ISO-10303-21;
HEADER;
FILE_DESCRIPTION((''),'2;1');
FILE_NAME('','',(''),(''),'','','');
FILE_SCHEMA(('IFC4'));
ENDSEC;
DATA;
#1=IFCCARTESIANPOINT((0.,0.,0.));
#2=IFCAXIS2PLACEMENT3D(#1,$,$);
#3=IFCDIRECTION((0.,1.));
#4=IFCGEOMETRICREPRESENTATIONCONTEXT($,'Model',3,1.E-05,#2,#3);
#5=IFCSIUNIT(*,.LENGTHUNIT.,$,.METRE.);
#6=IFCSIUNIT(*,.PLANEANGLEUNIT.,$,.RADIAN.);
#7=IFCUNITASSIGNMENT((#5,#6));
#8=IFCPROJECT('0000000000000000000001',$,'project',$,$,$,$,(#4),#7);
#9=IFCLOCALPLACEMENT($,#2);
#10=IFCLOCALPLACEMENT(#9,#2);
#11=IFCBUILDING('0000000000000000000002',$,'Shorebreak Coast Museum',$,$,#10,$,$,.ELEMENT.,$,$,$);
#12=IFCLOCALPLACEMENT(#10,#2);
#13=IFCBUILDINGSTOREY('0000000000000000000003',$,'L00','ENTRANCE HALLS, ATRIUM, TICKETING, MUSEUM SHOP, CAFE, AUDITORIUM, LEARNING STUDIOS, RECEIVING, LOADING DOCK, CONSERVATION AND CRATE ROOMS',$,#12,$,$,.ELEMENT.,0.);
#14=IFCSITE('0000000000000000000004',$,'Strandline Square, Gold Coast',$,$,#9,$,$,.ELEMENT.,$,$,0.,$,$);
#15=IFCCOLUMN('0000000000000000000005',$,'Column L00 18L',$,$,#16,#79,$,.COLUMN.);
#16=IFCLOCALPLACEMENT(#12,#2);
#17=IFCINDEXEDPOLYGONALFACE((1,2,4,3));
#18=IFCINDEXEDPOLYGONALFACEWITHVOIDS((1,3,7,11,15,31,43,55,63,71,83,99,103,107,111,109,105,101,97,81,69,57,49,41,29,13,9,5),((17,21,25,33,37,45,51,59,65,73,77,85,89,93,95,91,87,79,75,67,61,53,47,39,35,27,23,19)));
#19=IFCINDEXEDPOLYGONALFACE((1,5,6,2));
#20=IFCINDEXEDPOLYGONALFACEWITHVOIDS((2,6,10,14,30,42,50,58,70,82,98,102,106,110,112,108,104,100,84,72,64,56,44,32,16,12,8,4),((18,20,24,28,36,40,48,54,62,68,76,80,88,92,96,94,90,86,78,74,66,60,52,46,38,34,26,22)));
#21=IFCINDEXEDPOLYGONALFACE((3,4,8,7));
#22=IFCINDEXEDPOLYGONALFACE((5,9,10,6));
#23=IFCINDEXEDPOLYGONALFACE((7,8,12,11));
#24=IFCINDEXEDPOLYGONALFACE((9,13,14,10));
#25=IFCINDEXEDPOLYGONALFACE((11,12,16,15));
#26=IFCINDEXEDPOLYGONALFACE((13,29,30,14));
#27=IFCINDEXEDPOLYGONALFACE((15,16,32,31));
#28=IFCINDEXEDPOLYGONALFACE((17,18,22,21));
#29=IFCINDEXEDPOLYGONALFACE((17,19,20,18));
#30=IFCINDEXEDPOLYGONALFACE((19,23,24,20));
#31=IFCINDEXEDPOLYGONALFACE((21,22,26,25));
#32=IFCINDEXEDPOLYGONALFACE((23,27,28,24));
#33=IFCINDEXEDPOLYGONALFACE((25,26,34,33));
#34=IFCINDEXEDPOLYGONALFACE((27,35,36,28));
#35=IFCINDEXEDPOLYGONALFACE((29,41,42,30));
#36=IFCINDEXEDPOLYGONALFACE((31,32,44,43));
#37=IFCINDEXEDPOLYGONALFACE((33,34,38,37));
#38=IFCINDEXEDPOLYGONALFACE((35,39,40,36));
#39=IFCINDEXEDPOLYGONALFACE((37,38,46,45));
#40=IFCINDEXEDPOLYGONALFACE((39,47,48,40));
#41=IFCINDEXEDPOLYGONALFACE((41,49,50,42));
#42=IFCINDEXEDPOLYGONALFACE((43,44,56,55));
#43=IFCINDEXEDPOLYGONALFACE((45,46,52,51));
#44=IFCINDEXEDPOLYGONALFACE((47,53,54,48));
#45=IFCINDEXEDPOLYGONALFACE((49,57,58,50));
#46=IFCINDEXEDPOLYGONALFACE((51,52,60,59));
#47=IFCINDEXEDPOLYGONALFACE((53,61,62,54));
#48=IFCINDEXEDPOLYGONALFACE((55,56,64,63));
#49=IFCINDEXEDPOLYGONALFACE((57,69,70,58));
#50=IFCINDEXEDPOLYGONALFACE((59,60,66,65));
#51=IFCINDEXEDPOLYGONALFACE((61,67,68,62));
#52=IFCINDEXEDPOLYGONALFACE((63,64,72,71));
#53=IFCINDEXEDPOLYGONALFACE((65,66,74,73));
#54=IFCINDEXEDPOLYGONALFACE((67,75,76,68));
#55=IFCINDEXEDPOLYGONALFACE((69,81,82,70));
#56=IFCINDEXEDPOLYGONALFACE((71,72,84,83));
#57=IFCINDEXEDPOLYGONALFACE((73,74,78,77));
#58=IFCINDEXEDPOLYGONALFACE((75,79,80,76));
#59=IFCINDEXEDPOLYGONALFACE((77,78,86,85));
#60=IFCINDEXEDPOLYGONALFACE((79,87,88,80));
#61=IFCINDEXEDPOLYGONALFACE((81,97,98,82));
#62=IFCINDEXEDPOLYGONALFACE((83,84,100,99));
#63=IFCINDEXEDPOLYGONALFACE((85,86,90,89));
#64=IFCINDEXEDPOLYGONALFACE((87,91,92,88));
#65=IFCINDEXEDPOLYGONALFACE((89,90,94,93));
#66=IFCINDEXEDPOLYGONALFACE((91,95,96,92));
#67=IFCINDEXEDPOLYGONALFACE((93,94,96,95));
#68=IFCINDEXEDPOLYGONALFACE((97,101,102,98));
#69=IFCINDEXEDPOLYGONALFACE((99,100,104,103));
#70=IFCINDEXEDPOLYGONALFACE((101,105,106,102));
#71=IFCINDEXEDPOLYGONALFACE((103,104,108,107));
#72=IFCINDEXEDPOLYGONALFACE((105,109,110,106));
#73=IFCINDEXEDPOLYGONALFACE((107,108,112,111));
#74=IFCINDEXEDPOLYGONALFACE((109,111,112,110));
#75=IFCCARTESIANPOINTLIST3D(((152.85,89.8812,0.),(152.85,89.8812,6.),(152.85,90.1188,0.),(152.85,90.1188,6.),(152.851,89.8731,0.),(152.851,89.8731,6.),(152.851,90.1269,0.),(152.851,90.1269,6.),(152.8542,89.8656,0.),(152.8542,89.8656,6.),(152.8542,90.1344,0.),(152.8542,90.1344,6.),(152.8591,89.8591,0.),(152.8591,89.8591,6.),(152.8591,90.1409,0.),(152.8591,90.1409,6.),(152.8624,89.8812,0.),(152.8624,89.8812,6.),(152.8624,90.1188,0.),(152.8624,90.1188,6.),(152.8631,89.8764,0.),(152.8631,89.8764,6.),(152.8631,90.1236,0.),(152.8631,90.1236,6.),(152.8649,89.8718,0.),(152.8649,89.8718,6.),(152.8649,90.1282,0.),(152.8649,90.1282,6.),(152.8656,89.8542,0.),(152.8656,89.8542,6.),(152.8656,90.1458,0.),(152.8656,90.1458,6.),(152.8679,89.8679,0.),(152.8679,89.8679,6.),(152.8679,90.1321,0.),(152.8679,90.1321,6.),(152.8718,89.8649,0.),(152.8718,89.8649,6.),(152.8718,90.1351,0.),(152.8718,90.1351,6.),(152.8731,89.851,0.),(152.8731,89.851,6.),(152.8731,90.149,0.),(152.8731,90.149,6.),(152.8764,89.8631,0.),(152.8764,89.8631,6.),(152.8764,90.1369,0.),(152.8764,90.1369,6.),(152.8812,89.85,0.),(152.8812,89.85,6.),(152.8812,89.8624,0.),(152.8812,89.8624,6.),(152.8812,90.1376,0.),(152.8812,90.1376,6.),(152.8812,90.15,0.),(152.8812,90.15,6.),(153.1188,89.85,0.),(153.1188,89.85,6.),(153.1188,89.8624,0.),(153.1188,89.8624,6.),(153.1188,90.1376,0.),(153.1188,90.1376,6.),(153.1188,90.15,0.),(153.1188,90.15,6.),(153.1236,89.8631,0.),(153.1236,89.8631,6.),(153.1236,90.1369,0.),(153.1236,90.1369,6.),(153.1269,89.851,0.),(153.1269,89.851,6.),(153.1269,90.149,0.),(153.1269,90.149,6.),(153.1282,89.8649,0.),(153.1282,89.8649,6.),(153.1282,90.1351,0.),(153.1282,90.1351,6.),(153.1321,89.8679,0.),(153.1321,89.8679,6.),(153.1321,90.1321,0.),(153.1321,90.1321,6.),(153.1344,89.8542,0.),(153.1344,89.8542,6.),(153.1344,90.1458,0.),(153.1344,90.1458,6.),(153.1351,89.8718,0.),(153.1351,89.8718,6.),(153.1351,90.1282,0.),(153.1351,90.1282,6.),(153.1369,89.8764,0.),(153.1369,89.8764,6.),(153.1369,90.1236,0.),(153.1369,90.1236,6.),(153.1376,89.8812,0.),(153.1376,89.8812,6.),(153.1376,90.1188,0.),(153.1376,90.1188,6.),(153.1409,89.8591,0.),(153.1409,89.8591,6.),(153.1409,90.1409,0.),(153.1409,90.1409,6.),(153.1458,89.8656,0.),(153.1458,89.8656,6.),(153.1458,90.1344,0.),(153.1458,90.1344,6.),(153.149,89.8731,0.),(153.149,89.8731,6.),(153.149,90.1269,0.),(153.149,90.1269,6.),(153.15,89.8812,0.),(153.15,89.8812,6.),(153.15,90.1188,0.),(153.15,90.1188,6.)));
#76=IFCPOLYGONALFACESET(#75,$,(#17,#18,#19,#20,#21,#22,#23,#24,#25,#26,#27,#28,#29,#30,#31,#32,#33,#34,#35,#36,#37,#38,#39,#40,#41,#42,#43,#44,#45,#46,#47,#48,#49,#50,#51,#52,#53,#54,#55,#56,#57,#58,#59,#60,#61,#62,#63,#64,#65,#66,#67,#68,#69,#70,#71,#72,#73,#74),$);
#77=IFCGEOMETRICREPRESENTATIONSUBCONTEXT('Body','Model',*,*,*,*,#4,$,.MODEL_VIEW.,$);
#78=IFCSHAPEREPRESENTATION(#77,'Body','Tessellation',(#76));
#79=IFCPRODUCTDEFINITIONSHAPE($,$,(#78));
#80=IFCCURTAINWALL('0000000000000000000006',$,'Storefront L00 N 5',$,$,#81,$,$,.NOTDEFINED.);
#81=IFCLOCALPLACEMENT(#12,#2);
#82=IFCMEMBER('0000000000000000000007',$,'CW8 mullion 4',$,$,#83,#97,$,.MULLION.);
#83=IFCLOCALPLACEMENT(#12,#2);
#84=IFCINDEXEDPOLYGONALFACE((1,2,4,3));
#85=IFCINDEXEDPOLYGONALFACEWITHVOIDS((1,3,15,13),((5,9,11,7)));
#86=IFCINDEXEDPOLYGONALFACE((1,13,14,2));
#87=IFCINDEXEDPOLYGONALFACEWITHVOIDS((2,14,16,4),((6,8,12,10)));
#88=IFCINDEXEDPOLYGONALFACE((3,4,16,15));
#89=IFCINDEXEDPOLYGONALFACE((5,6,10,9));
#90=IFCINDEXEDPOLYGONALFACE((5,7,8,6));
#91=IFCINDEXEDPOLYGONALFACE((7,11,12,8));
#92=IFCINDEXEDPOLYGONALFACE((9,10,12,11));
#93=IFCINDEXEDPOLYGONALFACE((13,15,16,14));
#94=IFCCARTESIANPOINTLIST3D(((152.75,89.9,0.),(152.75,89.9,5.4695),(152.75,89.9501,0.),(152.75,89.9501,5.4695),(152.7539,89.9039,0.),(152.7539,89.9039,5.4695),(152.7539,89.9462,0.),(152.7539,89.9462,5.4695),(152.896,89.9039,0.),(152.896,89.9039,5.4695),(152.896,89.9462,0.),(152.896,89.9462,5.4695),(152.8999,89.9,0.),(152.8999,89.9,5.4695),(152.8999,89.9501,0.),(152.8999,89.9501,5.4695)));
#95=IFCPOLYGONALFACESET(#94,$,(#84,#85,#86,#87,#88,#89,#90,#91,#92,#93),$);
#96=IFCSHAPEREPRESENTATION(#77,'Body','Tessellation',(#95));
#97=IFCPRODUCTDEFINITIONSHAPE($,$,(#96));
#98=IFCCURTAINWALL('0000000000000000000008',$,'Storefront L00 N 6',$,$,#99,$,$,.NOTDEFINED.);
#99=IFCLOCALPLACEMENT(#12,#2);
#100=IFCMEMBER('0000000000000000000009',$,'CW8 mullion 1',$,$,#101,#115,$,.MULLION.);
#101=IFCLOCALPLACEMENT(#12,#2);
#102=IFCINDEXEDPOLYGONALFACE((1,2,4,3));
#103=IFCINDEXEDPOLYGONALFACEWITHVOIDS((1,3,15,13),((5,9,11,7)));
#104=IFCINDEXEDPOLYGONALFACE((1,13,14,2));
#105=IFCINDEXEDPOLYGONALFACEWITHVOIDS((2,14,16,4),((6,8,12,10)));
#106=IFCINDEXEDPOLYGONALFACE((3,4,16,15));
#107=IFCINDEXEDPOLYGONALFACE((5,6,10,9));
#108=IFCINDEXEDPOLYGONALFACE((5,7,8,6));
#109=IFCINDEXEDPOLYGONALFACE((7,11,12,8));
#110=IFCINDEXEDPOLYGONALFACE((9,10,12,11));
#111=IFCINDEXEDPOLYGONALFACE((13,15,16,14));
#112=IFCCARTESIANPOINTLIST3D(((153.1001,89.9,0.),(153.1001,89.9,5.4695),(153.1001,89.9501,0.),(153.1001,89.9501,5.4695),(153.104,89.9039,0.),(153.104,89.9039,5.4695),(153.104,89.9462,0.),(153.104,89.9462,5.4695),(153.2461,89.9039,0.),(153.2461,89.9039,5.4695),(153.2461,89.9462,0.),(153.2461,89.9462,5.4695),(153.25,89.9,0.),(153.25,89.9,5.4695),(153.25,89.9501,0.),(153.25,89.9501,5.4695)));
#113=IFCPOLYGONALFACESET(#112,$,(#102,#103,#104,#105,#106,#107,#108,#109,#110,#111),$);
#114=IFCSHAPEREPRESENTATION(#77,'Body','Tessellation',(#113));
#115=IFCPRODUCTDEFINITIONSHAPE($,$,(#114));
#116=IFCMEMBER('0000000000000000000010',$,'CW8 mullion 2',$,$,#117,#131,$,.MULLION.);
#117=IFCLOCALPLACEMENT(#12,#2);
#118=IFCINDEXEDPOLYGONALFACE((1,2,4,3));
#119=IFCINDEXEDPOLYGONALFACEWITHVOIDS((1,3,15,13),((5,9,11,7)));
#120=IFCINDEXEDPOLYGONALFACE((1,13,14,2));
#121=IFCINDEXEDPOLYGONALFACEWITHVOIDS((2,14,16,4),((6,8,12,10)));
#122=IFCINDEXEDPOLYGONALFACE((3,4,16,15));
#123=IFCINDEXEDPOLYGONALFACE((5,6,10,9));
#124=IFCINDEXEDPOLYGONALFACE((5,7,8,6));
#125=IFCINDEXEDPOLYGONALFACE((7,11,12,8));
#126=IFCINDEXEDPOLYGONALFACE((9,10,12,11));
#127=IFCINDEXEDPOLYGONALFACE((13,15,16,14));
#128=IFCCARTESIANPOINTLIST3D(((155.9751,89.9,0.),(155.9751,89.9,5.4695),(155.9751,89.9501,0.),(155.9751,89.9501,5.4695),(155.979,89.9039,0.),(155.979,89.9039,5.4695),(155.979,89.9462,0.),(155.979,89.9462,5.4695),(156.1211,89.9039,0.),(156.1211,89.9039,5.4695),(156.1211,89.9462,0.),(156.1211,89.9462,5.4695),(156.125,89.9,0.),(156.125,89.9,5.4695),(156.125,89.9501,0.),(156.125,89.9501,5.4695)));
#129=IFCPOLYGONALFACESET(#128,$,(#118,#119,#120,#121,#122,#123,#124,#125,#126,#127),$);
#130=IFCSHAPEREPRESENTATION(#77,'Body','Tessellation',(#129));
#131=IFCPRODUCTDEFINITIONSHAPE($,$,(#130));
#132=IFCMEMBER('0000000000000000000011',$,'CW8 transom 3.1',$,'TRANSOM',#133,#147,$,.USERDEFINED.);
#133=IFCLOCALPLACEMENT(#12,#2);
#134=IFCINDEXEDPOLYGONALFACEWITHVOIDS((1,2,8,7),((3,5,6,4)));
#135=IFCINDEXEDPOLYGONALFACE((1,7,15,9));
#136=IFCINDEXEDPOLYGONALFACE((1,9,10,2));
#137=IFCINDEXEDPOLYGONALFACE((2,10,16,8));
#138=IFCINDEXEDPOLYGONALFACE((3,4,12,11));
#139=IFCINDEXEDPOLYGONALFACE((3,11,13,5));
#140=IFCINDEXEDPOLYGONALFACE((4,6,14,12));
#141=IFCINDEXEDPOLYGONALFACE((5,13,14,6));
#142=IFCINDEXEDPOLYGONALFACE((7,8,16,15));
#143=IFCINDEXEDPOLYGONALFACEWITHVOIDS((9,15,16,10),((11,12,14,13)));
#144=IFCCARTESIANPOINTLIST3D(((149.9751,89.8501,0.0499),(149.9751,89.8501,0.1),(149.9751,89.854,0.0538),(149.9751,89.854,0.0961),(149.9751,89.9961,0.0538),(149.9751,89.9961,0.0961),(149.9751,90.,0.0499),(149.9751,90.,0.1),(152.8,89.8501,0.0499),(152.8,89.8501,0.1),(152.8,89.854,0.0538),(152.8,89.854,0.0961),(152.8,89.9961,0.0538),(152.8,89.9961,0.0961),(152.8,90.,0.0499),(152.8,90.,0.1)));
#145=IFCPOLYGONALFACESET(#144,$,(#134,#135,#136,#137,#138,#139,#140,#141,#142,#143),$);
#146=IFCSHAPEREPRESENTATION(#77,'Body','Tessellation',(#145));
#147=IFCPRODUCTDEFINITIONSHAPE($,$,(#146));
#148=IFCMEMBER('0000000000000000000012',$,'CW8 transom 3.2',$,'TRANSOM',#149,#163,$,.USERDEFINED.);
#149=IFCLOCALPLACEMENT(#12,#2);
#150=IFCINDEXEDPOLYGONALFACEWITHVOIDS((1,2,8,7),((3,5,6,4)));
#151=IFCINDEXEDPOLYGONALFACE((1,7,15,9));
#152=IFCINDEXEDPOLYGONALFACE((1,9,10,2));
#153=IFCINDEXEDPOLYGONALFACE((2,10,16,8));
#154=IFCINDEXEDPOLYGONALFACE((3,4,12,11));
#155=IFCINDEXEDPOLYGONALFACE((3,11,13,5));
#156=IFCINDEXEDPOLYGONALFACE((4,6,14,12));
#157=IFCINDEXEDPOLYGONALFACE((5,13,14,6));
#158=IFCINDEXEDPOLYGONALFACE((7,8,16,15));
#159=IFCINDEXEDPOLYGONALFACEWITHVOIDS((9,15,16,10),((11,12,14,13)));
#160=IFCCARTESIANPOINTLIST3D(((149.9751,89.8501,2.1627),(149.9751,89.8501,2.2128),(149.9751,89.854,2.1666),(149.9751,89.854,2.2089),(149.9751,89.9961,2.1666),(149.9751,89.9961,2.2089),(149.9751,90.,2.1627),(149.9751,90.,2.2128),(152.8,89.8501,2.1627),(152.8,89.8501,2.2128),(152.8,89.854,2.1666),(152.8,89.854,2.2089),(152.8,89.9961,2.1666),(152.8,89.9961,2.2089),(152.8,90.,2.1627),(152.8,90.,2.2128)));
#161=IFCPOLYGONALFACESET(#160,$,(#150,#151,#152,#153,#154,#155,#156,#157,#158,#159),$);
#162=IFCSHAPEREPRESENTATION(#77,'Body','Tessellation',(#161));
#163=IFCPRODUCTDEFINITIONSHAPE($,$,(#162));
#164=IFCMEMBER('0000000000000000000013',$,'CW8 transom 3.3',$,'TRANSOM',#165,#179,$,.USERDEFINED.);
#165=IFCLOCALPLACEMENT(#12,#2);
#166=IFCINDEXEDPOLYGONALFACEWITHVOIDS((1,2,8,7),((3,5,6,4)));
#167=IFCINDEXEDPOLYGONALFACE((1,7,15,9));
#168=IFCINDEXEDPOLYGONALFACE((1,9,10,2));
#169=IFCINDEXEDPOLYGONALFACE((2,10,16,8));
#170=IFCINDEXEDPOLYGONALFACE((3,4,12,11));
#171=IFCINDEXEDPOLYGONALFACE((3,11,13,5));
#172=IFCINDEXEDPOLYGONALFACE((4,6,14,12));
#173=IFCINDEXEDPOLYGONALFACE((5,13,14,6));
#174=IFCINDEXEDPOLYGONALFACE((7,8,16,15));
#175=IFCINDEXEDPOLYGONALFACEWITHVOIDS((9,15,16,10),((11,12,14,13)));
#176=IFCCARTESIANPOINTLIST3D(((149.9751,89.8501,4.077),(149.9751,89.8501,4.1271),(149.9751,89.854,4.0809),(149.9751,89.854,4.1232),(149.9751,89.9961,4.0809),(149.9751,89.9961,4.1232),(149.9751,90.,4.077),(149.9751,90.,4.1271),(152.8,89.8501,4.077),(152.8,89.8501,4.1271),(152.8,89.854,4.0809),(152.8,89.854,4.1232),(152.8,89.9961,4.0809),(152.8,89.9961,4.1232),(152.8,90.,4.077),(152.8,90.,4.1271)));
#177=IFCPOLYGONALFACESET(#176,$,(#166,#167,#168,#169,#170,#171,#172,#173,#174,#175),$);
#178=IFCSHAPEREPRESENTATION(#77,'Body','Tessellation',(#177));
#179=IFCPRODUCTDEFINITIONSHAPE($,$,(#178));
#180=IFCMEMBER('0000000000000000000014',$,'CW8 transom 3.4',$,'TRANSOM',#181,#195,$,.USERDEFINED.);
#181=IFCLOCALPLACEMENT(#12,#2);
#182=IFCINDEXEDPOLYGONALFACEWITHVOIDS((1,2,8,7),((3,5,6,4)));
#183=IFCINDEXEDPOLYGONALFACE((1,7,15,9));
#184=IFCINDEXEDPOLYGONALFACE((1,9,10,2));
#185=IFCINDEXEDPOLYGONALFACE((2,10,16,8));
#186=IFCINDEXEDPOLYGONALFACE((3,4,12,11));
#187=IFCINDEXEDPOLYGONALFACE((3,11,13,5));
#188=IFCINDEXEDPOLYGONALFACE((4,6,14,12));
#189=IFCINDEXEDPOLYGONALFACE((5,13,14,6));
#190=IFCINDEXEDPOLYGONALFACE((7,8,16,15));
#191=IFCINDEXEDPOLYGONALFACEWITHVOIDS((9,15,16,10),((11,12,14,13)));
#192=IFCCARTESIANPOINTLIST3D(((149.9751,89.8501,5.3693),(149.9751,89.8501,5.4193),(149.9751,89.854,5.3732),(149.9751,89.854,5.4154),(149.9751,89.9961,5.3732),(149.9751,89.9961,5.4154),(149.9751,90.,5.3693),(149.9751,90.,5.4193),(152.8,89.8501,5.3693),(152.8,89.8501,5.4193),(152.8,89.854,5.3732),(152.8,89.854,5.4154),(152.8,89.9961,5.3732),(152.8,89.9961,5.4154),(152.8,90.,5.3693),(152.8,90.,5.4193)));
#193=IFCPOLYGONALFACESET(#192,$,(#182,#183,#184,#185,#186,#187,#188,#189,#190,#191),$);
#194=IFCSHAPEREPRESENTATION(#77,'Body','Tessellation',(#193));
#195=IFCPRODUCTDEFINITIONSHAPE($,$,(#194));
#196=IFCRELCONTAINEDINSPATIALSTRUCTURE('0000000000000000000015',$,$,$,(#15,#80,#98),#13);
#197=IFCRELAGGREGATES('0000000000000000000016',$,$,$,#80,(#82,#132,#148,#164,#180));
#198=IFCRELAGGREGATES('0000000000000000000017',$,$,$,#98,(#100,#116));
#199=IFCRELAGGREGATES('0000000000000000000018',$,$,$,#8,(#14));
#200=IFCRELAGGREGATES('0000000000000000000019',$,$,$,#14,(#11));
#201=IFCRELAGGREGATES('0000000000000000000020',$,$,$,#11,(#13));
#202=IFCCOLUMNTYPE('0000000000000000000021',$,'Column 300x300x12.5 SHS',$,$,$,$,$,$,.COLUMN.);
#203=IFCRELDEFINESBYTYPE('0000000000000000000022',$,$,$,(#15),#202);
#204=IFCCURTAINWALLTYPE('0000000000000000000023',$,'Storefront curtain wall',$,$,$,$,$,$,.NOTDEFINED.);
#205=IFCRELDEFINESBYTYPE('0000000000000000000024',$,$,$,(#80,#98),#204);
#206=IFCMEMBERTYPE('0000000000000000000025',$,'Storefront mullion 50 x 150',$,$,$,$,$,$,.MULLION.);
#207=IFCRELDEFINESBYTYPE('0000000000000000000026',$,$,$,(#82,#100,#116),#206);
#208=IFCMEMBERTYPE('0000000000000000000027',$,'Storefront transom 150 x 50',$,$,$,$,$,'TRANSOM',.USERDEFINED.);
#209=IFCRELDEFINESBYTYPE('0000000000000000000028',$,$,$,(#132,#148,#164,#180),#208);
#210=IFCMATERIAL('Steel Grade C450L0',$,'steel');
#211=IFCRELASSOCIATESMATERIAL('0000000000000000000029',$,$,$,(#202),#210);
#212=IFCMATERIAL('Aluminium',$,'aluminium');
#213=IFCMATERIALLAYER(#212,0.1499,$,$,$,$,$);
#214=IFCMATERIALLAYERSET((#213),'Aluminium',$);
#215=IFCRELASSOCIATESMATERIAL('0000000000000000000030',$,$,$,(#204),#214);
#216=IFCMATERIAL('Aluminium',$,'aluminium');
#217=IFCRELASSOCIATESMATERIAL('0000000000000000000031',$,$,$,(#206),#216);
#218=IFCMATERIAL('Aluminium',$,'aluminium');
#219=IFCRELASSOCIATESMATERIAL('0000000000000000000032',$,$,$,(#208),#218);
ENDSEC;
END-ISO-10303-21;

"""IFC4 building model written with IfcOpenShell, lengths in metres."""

from ifc_helpers import new_model, si_unit, direction, frame, origin, origin_2d, place, context, subcontext, project, spatial, hollow_rectangle, extrude, material, layer, layer_set, material_profile, profile_set, type_object, element, aggregate, save


model = new_model("IFC4")

# Units and contexts
model_context = context("Model", 3, precision=1e-05, world=origin(), true_north=direction((0.0, 1.0)))
body_context = subcontext(model_context, "Body", "Model", "MODEL_VIEW")
ifc_project = project(units=[si_unit("LENGTHUNIT", "METRE"), si_unit("PLANEANGLEUNIT", "RADIAN")], contexts=[model_context])

# Site, building, storey
site_placement = place(None, origin())
site = spatial("IfcSite", under=ifc_project, at=site_placement, Name="Strandline Square, Gold Coast", CompositionType="ELEMENT", RefElevation=0.0)
building_placement = place(site_placement, origin())
building = spatial("IfcBuilding", under=site, at=building_placement, Name="Shorebreak Coast Museum", CompositionType="ELEMENT")
storey_placement = place(building_placement, origin())
storey = spatial("IfcBuildingStorey", under=building, at=storey_placement, Name="L00", Description="ENTRANCE HALLS, ATRIUM, TICKETING, MUSEUM SHOP, CAFE, AUDITORIUM, LEARNING STUDIOS, RECEIVING, LOADING DOCK, CONSERVATION AND CRATE ROOMS", CompositionType="ELEMENT", Elevation=0.0)

# Column
ifc_material_1 = material(Name="Steel Grade C450L0", Category="steel")
ifc_material_profile_1 = material_profile(ifc_material_1, hollow_rectangle(XDim=0.3, YDim=0.3, WallThickness=0.0125, InnerFilletRadius=0.0188, OuterFilletRadius=0.0312, at=origin_2d()), Name="300x300x12.5 SHS")
ifc_profile_set_1 = profile_set([ifc_material_profile_1], Name="Steel Grade C450L0")
column_type = type_object("IfcColumnType", Name="Column 300x300x12.5 SHS", PredefinedType="COLUMN", material=ifc_profile_set_1)
column_placement = place(storey_placement, frame((153.0, 90.0, 0.0), z_axis=(0.0, 0.0, 1.0), x_axis=(1.0, 0.0, 0.0)))
element("IfcColumn", 1, at=column_placement, inside=storey, type_object=column_type, Name="Column L00 18L", PredefinedType="COLUMN", context=body_context, shape_type="SweptSolid", body=[
    extrude(hollow_rectangle(XDim=0.3, YDim=0.3, WallThickness=0.0125, InnerFilletRadius=0.0188, OuterFilletRadius=0.0312, at=origin_2d()), origin(), (0.0, 0.0, 1.0), 6.0),
])

# Curtain wall, member
ifc_material_2 = material(Name="Aluminium", Category="aluminium")
ifc_layer_1 = layer(ifc_material_2, 0.1499)
ifc_layer_set_1 = layer_set([ifc_layer_1], Name="Aluminium")
curtain_wall_type = type_object("IfcCurtainWallType", Name="Storefront curtain wall", PredefinedType="NOTDEFINED", material=ifc_layer_set_1)
curtain_wall_1_placement = place(storey_placement, origin())
curtain_wall_1 = element("IfcCurtainWall", 2, at=curtain_wall_1_placement, inside=storey, type_object=curtain_wall_type, Name="Storefront L00 N 5", PredefinedType="NOTDEFINED")
ifc_material_3 = material(Name="Aluminium", Category="aluminium")
ifc_material_profile_2 = material_profile(ifc_material_3, hollow_rectangle(XDim=0.05, YDim=0.1499, WallThickness=0.0039, at=origin_2d()), Name="AL 150x50 RHS")
ifc_profile_set_2 = profile_set([ifc_material_profile_2], Name="Aluminium")
member_type_1 = type_object("IfcMemberType", Name="Storefront mullion 50 x 150", PredefinedType="MULLION", material=ifc_profile_set_2)
member_1_placement = place(storey_placement, frame((152.825, 89.925, 0.0), z_axis=(0.0, 0.0, 1.0), x_axis=(0.0, 1.0, 0.0)))
member_1 = element("IfcMember", 3, at=member_1_placement, type_object=member_type_1, Name="CW8 mullion 4", PredefinedType="MULLION", context=body_context, shape_type="SweptSolid", body=[
    extrude(hollow_rectangle(XDim=0.05, YDim=0.1499, WallThickness=0.0039, at=origin_2d()), origin(), (0.0, 0.0, 1.0), 5.4695),
])

# Curtain wall, members
curtain_wall_2_placement = place(storey_placement, origin())
curtain_wall_2 = element("IfcCurtainWall", 4, at=curtain_wall_2_placement, inside=storey, type_object=curtain_wall_type, Name="Storefront L00 N 6", PredefinedType="NOTDEFINED")
member_2_placement = place(storey_placement, frame((153.175, 89.925, 0.0), z_axis=(0.0, 0.0, 1.0), x_axis=(0.0, 1.0, 0.0)))
member_2 = element("IfcMember", 5, at=member_2_placement, type_object=member_type_1, Name="CW8 mullion 1", PredefinedType="MULLION", context=body_context, shape_type="SweptSolid", body=[
    extrude(hollow_rectangle(XDim=0.05, YDim=0.1499, WallThickness=0.0039, at=origin_2d()), origin(), (0.0, 0.0, 1.0), 5.4695),
])
member_3_placement = place(storey_placement, frame((156.05, 89.925, 0.0), z_axis=(0.0, 0.0, 1.0), x_axis=(0.0, 1.0, 0.0)))
member_3 = element("IfcMember", 6, at=member_3_placement, type_object=member_type_1, Name="CW8 mullion 2", PredefinedType="MULLION", context=body_context, shape_type="SweptSolid", body=[
    extrude(hollow_rectangle(XDim=0.05, YDim=0.1499, WallThickness=0.0039, at=origin_2d()), origin(), (0.0, 0.0, 1.0), 5.4695),
])

# Members
ifc_material_4 = material(Name="Aluminium", Category="aluminium")
ifc_material_profile_3 = material_profile(ifc_material_4, hollow_rectangle(XDim=0.1499, YDim=0.05, WallThickness=0.0039, at=origin_2d()), Name="AL 50x150 RHS")
ifc_profile_set_3 = profile_set([ifc_material_profile_3], Name="Aluminium")
member_type_2 = type_object("IfcMemberType", Name="Storefront transom 150 x 50", ElementType="TRANSOM", PredefinedType="USERDEFINED", material=ifc_profile_set_3)
member_4_placement = place(storey_placement, frame((149.9751, 89.925, 0.075), z_axis=(1.0, 0.0, 0.0), x_axis=(0.0, 1.0, 0.0)))
member_4 = element("IfcMember", 7, at=member_4_placement, type_object=member_type_2, Name="CW8 transom 3.1", ObjectType="TRANSOM", PredefinedType="USERDEFINED", context=body_context, shape_type="SweptSolid", body=[
    extrude(hollow_rectangle(XDim=0.1499, YDim=0.05, WallThickness=0.0039, at=origin_2d()), origin(), (0.0, 0.0, 1.0), 2.825),
])
member_5_placement = place(storey_placement, frame((149.9751, 89.925, 2.1877), z_axis=(1.0, 0.0, 0.0), x_axis=(0.0, 1.0, 0.0)))
member_5 = element("IfcMember", 8, at=member_5_placement, type_object=member_type_2, Name="CW8 transom 3.2", ObjectType="TRANSOM", PredefinedType="USERDEFINED", context=body_context, shape_type="SweptSolid", body=[
    extrude(hollow_rectangle(XDim=0.1499, YDim=0.05, WallThickness=0.0039, at=origin_2d()), origin(), (0.0, 0.0, 1.0), 2.825),
])
member_6_placement = place(storey_placement, frame((149.9751, 89.925, 4.1021), z_axis=(1.0, 0.0, 0.0), x_axis=(0.0, 1.0, 0.0)))
member_6 = element("IfcMember", 9, at=member_6_placement, type_object=member_type_2, Name="CW8 transom 3.3", ObjectType="TRANSOM", PredefinedType="USERDEFINED", context=body_context, shape_type="SweptSolid", body=[
    extrude(hollow_rectangle(XDim=0.1499, YDim=0.05, WallThickness=0.0039, at=origin_2d()), origin(), (0.0, 0.0, 1.0), 2.825),
])
member_7_placement = place(storey_placement, frame((149.9751, 89.925, 5.3943), z_axis=(1.0, 0.0, 0.0), x_axis=(0.0, 1.0, 0.0)))
member_7 = element("IfcMember", 10, at=member_7_placement, type_object=member_type_2, Name="CW8 transom 3.4", ObjectType="TRANSOM", PredefinedType="USERDEFINED", context=body_context, shape_type="SweptSolid", body=[
    extrude(hollow_rectangle(XDim=0.1499, YDim=0.05, WallThickness=0.0039, at=origin_2d()), origin(), (0.0, 0.0, 1.0), 2.825),
])

aggregate(curtain_wall_1, [member_1, member_4, member_5, member_6, member_7])
aggregate(curtain_wall_2, [member_2, member_3])

save(model, "model.ifc")
